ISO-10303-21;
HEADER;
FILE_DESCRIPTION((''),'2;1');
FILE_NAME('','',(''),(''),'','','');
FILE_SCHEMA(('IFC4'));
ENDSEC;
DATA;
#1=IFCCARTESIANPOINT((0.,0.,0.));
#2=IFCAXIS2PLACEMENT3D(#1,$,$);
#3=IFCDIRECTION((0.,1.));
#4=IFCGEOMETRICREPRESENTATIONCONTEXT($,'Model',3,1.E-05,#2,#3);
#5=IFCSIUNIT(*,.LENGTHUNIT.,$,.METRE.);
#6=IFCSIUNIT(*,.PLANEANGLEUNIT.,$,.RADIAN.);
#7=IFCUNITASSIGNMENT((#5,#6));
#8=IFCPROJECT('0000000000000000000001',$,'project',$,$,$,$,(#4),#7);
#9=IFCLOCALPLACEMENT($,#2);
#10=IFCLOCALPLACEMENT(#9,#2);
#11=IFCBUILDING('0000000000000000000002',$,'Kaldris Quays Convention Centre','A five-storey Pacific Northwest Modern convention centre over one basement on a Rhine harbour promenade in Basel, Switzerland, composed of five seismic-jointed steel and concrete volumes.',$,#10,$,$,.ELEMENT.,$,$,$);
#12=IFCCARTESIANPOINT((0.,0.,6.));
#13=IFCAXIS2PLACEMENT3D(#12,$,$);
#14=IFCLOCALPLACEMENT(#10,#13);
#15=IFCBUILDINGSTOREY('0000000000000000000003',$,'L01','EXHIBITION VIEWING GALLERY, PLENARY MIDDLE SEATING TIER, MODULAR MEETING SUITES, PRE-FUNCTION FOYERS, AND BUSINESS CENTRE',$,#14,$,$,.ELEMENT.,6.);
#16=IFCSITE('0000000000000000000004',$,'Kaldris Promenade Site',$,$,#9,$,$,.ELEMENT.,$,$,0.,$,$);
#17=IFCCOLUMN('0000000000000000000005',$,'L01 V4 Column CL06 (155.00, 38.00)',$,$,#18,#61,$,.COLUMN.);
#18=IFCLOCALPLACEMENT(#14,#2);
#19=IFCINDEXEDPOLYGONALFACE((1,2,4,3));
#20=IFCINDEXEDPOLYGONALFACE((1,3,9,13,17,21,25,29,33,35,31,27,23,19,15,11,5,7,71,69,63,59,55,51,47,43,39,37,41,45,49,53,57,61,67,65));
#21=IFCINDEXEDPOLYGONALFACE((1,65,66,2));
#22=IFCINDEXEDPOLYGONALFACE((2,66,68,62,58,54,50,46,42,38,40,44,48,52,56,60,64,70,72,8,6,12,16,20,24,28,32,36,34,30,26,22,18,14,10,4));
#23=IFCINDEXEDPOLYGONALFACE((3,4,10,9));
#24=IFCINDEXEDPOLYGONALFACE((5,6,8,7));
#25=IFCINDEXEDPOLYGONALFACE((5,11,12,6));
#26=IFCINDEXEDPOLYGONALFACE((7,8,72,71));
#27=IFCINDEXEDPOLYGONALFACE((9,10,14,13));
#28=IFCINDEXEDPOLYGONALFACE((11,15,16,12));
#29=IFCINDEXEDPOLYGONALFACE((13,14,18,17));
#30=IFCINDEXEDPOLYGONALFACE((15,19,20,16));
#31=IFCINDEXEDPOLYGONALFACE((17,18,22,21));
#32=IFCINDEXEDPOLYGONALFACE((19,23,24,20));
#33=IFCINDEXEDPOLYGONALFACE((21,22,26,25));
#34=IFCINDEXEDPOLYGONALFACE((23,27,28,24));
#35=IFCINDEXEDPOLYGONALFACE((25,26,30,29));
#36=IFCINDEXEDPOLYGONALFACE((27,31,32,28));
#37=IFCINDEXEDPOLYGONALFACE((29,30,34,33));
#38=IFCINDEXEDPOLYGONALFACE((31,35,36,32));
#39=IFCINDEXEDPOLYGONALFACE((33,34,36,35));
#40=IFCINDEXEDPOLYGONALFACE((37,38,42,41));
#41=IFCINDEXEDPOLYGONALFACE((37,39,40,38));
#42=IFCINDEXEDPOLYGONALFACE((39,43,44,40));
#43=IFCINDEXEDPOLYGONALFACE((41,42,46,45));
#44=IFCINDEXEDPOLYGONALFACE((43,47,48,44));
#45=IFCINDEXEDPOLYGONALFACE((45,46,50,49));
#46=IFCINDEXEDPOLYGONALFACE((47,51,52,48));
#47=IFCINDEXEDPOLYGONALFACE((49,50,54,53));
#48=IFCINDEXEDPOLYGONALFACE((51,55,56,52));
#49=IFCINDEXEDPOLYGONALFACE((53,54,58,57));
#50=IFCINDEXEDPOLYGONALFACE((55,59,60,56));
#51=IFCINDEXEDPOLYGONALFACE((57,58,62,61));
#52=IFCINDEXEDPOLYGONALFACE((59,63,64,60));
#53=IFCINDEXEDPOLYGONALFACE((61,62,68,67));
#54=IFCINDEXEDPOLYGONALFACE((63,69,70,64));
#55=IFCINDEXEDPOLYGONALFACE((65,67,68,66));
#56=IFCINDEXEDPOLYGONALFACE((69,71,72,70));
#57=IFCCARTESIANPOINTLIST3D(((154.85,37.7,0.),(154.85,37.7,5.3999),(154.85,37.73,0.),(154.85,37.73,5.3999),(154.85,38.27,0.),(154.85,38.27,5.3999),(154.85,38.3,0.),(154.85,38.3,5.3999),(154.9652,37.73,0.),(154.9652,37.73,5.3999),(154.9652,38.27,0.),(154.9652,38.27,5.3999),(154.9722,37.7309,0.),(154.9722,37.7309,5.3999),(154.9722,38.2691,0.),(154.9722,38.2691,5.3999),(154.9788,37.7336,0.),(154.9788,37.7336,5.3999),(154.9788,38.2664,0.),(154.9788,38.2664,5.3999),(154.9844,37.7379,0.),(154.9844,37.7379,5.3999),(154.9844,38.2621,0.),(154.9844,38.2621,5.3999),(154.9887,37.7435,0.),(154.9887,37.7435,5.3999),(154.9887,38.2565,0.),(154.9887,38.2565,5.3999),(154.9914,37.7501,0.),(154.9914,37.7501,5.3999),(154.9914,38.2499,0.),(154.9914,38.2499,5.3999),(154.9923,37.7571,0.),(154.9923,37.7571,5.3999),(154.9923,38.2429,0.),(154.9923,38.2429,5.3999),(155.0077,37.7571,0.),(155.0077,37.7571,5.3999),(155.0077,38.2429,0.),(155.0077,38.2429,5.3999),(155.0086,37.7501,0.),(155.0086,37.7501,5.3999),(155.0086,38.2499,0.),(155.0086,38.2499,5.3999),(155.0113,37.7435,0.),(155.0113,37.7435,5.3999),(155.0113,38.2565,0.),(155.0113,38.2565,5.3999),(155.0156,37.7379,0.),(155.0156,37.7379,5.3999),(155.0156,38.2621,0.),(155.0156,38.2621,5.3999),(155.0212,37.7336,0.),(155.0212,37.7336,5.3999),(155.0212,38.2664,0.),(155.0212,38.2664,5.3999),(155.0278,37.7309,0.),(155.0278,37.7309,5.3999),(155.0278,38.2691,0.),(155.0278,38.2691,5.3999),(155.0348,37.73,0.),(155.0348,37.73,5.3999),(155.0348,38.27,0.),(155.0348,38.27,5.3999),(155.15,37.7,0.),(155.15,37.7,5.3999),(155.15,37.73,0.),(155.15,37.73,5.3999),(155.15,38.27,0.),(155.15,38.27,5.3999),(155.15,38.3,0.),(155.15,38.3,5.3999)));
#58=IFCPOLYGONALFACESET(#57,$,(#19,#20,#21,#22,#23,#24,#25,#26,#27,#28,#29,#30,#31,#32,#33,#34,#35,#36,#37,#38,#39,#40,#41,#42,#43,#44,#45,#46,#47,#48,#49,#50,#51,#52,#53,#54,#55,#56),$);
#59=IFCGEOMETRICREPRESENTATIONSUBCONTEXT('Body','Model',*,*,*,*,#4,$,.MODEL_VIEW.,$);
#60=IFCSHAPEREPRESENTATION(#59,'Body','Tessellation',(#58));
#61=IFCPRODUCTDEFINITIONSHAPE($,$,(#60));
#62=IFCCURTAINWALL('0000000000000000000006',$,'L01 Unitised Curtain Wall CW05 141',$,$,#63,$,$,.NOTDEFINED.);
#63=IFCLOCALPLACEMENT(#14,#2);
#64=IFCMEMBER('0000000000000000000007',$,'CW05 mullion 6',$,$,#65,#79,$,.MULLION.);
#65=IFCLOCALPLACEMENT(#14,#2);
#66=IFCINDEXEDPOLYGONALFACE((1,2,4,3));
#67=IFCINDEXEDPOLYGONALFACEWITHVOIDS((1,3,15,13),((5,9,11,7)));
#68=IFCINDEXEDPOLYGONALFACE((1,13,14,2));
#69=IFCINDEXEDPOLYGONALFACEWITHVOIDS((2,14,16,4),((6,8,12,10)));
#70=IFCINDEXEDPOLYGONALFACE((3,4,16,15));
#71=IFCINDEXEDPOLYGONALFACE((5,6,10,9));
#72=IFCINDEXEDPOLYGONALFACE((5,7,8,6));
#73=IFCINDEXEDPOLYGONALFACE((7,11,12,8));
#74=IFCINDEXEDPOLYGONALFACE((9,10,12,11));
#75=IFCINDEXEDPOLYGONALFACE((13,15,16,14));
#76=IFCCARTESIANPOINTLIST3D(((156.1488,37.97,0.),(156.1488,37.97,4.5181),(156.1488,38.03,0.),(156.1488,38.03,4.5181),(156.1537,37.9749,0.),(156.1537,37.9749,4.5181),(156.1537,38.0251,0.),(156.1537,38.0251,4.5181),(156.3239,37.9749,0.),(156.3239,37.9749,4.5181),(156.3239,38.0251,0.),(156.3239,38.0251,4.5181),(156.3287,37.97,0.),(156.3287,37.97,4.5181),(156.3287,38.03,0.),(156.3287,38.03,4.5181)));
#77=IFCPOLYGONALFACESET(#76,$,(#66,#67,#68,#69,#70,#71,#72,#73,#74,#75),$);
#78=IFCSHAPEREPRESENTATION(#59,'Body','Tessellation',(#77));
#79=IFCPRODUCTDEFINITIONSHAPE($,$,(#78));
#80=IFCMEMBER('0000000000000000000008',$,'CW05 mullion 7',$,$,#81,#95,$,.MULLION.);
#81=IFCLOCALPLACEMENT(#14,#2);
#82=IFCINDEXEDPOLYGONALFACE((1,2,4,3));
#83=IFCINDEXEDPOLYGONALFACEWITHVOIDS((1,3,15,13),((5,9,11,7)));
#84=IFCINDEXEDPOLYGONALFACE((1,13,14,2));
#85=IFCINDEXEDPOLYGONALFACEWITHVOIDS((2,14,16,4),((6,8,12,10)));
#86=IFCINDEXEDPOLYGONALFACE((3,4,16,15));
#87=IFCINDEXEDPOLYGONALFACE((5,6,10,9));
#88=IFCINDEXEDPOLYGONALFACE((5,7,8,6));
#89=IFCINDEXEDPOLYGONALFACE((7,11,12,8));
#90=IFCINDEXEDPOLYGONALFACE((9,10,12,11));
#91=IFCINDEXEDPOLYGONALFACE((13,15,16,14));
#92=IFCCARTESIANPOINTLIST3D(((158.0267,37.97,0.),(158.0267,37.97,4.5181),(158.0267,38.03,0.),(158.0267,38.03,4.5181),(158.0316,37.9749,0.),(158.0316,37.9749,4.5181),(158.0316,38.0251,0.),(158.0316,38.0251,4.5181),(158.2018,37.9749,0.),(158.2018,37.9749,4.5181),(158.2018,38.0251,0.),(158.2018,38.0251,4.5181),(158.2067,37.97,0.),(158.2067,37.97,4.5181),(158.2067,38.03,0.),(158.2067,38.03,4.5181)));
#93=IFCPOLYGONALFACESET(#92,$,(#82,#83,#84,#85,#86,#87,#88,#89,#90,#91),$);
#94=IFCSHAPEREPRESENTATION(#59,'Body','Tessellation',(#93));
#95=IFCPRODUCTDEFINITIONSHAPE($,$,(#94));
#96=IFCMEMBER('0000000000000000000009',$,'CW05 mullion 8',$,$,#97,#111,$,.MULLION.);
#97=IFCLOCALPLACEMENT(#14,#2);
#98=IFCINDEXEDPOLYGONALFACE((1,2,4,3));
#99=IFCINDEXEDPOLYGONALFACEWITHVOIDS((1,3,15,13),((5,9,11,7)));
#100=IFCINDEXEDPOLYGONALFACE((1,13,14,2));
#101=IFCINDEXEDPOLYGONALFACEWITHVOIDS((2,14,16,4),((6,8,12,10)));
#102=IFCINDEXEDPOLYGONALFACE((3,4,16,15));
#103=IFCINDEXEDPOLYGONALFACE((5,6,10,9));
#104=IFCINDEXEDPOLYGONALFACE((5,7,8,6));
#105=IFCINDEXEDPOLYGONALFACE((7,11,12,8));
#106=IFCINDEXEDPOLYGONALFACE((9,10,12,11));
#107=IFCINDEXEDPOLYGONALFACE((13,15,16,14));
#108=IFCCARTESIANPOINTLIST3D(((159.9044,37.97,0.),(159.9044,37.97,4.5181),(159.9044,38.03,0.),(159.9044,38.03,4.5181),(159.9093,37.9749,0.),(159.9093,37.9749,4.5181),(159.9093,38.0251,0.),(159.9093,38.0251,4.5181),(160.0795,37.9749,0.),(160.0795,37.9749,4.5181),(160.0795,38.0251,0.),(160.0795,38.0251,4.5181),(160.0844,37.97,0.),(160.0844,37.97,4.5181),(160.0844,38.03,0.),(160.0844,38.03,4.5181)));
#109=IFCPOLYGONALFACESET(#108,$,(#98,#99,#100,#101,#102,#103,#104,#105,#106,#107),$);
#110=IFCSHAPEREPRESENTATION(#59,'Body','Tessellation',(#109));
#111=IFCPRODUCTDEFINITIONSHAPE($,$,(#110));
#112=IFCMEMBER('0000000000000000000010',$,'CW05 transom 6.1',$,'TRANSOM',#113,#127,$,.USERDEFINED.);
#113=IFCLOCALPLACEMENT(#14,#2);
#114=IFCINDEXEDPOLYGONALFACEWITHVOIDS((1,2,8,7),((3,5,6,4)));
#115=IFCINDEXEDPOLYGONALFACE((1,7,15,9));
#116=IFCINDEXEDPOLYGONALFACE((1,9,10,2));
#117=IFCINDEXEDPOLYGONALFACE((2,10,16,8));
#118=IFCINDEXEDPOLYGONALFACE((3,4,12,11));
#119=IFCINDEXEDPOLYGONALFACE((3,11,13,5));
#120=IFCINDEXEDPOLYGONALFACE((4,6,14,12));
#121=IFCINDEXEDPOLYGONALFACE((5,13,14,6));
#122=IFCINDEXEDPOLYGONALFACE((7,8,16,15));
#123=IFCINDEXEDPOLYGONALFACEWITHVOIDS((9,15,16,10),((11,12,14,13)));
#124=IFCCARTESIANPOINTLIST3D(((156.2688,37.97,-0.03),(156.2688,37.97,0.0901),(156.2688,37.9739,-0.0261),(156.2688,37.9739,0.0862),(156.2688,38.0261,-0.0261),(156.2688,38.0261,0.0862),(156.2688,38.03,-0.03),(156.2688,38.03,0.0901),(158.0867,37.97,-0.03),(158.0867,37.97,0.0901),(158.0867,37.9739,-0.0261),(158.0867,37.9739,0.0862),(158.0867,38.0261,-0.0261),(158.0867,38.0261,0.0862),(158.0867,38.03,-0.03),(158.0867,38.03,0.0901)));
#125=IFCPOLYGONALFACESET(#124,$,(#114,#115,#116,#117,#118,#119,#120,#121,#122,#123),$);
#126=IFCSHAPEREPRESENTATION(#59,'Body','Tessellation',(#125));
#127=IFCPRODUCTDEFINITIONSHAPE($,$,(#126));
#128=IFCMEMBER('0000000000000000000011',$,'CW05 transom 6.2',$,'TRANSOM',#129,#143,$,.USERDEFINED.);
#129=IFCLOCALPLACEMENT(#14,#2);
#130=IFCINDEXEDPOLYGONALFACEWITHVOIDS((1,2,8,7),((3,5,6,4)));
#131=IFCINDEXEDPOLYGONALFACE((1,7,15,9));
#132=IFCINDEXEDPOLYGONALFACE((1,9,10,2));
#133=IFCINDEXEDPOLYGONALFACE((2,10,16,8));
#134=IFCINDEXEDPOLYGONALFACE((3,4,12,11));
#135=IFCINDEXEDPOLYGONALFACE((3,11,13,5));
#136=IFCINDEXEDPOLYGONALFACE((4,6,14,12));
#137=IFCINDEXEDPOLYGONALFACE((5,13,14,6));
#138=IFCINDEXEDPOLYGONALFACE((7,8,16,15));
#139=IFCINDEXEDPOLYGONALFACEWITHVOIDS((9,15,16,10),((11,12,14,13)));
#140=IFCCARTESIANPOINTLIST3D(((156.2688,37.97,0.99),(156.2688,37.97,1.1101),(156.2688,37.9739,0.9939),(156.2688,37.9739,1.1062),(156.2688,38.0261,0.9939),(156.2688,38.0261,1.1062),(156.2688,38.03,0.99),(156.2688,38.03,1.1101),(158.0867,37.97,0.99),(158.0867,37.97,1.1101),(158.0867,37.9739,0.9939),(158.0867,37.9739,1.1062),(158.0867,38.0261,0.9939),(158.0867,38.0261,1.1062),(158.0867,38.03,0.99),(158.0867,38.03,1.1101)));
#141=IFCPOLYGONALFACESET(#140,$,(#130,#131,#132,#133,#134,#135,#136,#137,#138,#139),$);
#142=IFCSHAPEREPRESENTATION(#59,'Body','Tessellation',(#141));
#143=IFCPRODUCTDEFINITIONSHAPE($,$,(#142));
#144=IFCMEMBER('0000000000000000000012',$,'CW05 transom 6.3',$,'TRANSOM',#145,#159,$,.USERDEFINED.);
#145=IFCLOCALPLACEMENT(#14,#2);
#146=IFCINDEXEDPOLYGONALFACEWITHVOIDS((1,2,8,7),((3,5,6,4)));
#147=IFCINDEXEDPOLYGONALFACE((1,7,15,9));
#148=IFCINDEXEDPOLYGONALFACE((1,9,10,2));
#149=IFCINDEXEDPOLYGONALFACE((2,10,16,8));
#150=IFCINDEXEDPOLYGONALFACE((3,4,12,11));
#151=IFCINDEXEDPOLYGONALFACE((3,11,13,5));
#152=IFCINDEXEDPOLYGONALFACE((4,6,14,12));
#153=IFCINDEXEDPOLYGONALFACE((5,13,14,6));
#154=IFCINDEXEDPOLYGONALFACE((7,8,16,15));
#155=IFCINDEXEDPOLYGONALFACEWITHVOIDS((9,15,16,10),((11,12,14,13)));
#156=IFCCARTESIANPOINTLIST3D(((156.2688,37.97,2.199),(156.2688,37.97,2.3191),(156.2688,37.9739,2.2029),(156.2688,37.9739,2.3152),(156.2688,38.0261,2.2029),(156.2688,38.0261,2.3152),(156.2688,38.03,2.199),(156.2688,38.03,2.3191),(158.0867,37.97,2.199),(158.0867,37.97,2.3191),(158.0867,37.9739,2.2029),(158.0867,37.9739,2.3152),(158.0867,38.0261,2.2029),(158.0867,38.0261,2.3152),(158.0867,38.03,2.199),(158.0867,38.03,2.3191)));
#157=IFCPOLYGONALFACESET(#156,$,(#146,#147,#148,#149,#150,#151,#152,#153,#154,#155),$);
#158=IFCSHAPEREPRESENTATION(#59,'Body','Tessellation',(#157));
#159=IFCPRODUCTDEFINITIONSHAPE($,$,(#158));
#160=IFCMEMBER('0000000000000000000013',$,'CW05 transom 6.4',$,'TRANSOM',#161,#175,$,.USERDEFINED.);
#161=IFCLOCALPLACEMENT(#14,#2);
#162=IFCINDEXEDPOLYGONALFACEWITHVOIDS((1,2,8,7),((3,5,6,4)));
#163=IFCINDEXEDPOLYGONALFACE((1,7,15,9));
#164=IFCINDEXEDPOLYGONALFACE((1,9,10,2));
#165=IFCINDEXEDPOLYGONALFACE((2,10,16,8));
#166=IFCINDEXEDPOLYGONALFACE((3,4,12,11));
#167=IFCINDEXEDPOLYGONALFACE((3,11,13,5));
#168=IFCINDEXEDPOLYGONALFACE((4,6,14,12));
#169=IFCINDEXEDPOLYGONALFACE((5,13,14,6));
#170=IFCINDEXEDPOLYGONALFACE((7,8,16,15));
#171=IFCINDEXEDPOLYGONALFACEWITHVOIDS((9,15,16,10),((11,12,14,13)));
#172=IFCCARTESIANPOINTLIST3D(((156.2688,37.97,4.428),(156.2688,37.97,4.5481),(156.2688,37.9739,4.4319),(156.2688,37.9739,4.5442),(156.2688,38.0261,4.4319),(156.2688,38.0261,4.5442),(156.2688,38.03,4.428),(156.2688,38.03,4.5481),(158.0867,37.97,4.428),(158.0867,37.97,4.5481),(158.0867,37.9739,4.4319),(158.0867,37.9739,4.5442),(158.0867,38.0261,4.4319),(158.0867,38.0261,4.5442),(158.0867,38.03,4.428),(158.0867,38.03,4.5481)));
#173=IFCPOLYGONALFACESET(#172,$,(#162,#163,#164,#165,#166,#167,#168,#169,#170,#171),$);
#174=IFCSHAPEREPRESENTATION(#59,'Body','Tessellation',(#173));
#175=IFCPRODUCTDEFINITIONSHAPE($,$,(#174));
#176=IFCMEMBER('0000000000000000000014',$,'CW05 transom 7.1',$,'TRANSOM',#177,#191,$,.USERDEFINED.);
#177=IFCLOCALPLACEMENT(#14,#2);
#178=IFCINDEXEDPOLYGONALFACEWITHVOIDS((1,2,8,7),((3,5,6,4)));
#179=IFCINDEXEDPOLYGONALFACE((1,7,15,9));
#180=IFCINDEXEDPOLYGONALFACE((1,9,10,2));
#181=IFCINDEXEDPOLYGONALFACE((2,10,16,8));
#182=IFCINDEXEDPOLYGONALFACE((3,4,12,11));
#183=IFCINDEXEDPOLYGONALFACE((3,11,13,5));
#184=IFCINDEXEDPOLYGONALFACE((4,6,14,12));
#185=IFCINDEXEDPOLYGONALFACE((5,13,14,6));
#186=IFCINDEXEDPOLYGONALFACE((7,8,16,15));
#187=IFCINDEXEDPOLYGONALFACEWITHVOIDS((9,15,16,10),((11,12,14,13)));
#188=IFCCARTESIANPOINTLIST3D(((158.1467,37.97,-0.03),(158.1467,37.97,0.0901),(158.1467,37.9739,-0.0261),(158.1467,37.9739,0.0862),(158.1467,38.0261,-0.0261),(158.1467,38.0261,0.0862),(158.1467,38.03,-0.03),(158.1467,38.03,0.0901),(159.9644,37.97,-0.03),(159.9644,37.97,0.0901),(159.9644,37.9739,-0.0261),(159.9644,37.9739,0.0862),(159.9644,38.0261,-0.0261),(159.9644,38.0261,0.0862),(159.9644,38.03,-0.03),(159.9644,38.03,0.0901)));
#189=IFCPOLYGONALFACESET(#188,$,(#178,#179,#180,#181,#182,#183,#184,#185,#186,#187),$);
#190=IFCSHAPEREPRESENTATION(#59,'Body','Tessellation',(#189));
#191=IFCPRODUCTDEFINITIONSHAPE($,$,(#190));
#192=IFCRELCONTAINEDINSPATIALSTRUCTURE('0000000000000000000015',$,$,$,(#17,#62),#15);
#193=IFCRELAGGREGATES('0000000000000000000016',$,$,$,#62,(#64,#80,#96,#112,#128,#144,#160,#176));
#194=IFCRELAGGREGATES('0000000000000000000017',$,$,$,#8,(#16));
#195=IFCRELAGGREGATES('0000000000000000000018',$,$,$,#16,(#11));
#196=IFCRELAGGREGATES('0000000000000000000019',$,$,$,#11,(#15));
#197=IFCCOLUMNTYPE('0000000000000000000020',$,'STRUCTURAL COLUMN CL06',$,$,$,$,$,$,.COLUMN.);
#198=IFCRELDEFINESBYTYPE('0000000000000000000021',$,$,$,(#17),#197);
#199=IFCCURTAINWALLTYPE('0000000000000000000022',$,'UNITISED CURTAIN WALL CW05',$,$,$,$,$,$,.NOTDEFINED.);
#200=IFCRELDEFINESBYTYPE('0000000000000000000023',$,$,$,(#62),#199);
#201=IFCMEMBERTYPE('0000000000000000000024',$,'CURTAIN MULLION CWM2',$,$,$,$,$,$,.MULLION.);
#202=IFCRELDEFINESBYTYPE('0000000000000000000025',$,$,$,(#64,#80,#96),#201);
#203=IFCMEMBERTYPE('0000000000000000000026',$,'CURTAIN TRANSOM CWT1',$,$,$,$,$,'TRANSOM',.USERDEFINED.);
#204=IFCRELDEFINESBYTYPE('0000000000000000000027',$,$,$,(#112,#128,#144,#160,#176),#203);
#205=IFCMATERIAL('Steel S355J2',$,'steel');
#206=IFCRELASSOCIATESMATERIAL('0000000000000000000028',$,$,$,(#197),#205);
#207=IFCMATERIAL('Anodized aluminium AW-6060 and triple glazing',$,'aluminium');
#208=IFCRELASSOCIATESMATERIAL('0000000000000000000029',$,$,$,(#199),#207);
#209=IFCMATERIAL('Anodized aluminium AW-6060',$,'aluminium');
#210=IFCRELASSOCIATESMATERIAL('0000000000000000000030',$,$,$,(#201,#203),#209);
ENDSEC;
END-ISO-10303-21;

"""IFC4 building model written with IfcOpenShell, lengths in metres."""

from ifc_helpers import new_model, si_unit, direction, frame, origin, origin_2d, place, context, subcontext, project, spatial, hollow_rectangle, i_section, extrude, material, material_profile, profile_set, type_object, element, aggregate, save


model = new_model("IFC4")

# Units and contexts
model_context = context("Model", 3, precision=1e-05, world=origin(), true_north=direction((0.0, 1.0)))
body_context = subcontext(model_context, "Body", "Model", "MODEL_VIEW")
ifc_project = project(units=[si_unit("LENGTHUNIT", "METRE"), si_unit("PLANEANGLEUNIT", "RADIAN")], contexts=[model_context])

# Site, building, storey
site_placement = place(None, origin())
site = spatial("IfcSite", under=ifc_project, at=site_placement, Name="Kaldris Promenade Site", CompositionType="ELEMENT", RefElevation=0.0)
building_placement = place(site_placement, origin())
building = spatial("IfcBuilding", under=site, at=building_placement, Name="Kaldris Quays Convention Centre", Description="A five-storey Pacific Northwest Modern convention centre over one basement on a Rhine harbour promenade in Basel, Switzerland, composed of five seismic-jointed steel and concrete volumes.", CompositionType="ELEMENT")
storey_placement = place(building_placement, frame((0.0, 0.0, 6.0)))
storey = spatial("IfcBuildingStorey", under=building, at=storey_placement, Name="L01", Description="EXHIBITION VIEWING GALLERY, PLENARY MIDDLE SEATING TIER, MODULAR MEETING SUITES, PRE-FUNCTION FOYERS, AND BUSINESS CENTRE", CompositionType="ELEMENT", Elevation=6.0)

# Column
ifc_material_1 = material(Name="Steel S355J2", Category="steel")
ifc_material_profile_1 = material_profile(ifc_material_1, i_section(OverallWidth=0.3, OverallDepth=0.6001, WebThickness=0.0154, FlangeThickness=0.03, FilletRadius=0.0271, at=origin_2d()), Name="HEB 600")
ifc_profile_set_1 = profile_set([ifc_material_profile_1], Name="Steel S355J2")
column_type = type_object("IfcColumnType", Name="STRUCTURAL COLUMN CL06", PredefinedType="COLUMN", material=ifc_profile_set_1)
column_placement = place(storey_placement, frame((155.0, 38.0, 0.0), z_axis=(0.0, 0.0, 1.0), x_axis=(1.0, 0.0, 0.0)))
element("IfcColumn", 1, at=column_placement, inside=storey, type_object=column_type, Name="L01 V4 Column CL06 (155.00, 38.00)", PredefinedType="COLUMN", context=body_context, shape_type="SweptSolid", body=[
    extrude(i_section(OverallWidth=0.3, OverallDepth=0.6001, WebThickness=0.0154, FlangeThickness=0.03, FilletRadius=0.0271, at=origin_2d()), origin(), (0.0, 0.0, 1.0), 5.3999),
])

# Curtain wall, members
ifc_material_2 = material(Name="Anodized aluminium AW-6060 and triple glazing", Category="aluminium")
curtain_wall_type = type_object("IfcCurtainWallType", Name="UNITISED CURTAIN WALL CW05", PredefinedType="NOTDEFINED", material=ifc_material_2)
curtain_wall_placement = place(storey_placement, origin())
curtain_wall = element("IfcCurtainWall", 2, at=curtain_wall_placement, inside=storey, type_object=curtain_wall_type, Name="L01 Unitised Curtain Wall CW05 141", PredefinedType="NOTDEFINED")
ifc_material_3 = material(Name="Anodized aluminium AW-6060", Category="aluminium")
ifc_material_profile_2 = material_profile(ifc_material_3, hollow_rectangle(XDim=0.0601, YDim=0.1799, WallThickness=0.0049, at=origin_2d()), Name="RHS 180x60x5")
ifc_profile_set_2 = profile_set([ifc_material_profile_2], Name="Anodized aluminium AW-6060")
member_type_1 = type_object("IfcMemberType", Name="CURTAIN MULLION CWM2", PredefinedType="MULLION", material=ifc_profile_set_2)
member_1_placement = place(storey_placement, frame((156.2388, 38.0, 0.0), z_axis=(0.0, 0.0, 1.0), x_axis=(0.0, 1.0, 0.0)))
member_1 = element("IfcMember", 3, at=member_1_placement, type_object=member_type_1, Name="CW05 mullion 6", PredefinedType="MULLION", context=body_context, shape_type="SweptSolid", body=[
    extrude(hollow_rectangle(XDim=0.0601, YDim=0.1799, WallThickness=0.0049, at=origin_2d()), origin(), (0.0, 0.0, 1.0), 4.5181),
])
member_2_placement = place(storey_placement, frame((158.1167, 38.0, 0.0), z_axis=(0.0, 0.0, 1.0), x_axis=(0.0, 1.0, 0.0)))
member_2 = element("IfcMember", 4, at=member_2_placement, type_object=member_type_1, Name="CW05 mullion 7", PredefinedType="MULLION", context=body_context, shape_type="SweptSolid", body=[
    extrude(hollow_rectangle(XDim=0.0601, YDim=0.1799, WallThickness=0.0049, at=origin_2d()), origin(), (0.0, 0.0, 1.0), 4.5181),
])
member_3_placement = place(storey_placement, frame((159.9944, 38.0, 0.0), z_axis=(0.0, 0.0, 1.0), x_axis=(0.0, 1.0, 0.0)))
member_3 = element("IfcMember", 5, at=member_3_placement, type_object=member_type_1, Name="CW05 mullion 8", PredefinedType="MULLION", context=body_context, shape_type="SweptSolid", body=[
    extrude(hollow_rectangle(XDim=0.0601, YDim=0.1799, WallThickness=0.0049, at=origin_2d()), origin(), (0.0, 0.0, 1.0), 4.5181),
])
ifc_material_profile_3 = material_profile(ifc_material_3, hollow_rectangle(XDim=0.0601, YDim=0.1201, WallThickness=0.0039, at=origin_2d()), Name="RHS 120x60x4")
ifc_profile_set_3 = profile_set([ifc_material_profile_3], Name="Anodized aluminium AW-6060")
member_type_2 = type_object("IfcMemberType", Name="CURTAIN TRANSOM CWT1", ElementType="TRANSOM", PredefinedType="USERDEFINED", material=ifc_profile_set_3)
member_4_placement = place(storey_placement, frame((156.2688, 38.0, 0.03), z_axis=(1.0, 0.0, 0.0), x_axis=(0.0, 1.0, 0.0)))
member_4 = element("IfcMember", 6, at=member_4_placement, type_object=member_type_2, Name="CW05 transom 6.1", ObjectType="TRANSOM", PredefinedType="USERDEFINED", context=body_context, shape_type="SweptSolid", body=[
    extrude(hollow_rectangle(XDim=0.0601, YDim=0.1201, WallThickness=0.0039, at=origin_2d()), origin(), (0.0, 0.0, 1.0), 1.8179),
])
member_5_placement = place(storey_placement, frame((156.2688, 38.0, 1.05), z_axis=(1.0, 0.0, 0.0), x_axis=(0.0, 1.0, 0.0)))
member_5 = element("IfcMember", 7, at=member_5_placement, type_object=member_type_2, Name="CW05 transom 6.2", ObjectType="TRANSOM", PredefinedType="USERDEFINED", context=body_context, shape_type="SweptSolid", body=[
    extrude(hollow_rectangle(XDim=0.0601, YDim=0.1201, WallThickness=0.0039, at=origin_2d()), origin(), (0.0, 0.0, 1.0), 1.8179),
])
member_6_placement = place(storey_placement, frame((156.2688, 38.0, 2.259), z_axis=(1.0, 0.0, 0.0), x_axis=(0.0, 1.0, 0.0)))
member_6 = element("IfcMember", 8, at=member_6_placement, type_object=member_type_2, Name="CW05 transom 6.3", ObjectType="TRANSOM", PredefinedType="USERDEFINED", context=body_context, shape_type="SweptSolid", body=[
    extrude(hollow_rectangle(XDim=0.0601, YDim=0.1201, WallThickness=0.0039, at=origin_2d()), origin(), (0.0, 0.0, 1.0), 1.8179),
])
member_7_placement = place(storey_placement, frame((156.2688, 38.0, 4.488), z_axis=(1.0, 0.0, 0.0), x_axis=(0.0, 1.0, 0.0)))
member_7 = element("IfcMember", 9, at=member_7_placement, type_object=member_type_2, Name="CW05 transom 6.4", ObjectType="TRANSOM", PredefinedType="USERDEFINED", context=body_context, shape_type="SweptSolid", body=[
    extrude(hollow_rectangle(XDim=0.0601, YDim=0.1201, WallThickness=0.0039, at=origin_2d()), origin(), (0.0, 0.0, 1.0), 1.8179),
])
member_8_placement = place(storey_placement, frame((158.1467, 38.0, 0.03), z_axis=(1.0, 0.0, 0.0), x_axis=(0.0, 1.0, 0.0)))
member_8 = element("IfcMember", 10, at=member_8_placement, type_object=member_type_2, Name="CW05 transom 7.1", ObjectType="TRANSOM", PredefinedType="USERDEFINED", context=body_context, shape_type="SweptSolid", body=[
    extrude(hollow_rectangle(XDim=0.0601, YDim=0.1201, WallThickness=0.0039, at=origin_2d()), origin(), (0.0, 0.0, 1.0), 1.8176),
])

aggregate(curtain_wall, [member_1, member_2, member_3, member_4, member_5, member_6, member_7, member_8])

save(model, "model.ifc")
